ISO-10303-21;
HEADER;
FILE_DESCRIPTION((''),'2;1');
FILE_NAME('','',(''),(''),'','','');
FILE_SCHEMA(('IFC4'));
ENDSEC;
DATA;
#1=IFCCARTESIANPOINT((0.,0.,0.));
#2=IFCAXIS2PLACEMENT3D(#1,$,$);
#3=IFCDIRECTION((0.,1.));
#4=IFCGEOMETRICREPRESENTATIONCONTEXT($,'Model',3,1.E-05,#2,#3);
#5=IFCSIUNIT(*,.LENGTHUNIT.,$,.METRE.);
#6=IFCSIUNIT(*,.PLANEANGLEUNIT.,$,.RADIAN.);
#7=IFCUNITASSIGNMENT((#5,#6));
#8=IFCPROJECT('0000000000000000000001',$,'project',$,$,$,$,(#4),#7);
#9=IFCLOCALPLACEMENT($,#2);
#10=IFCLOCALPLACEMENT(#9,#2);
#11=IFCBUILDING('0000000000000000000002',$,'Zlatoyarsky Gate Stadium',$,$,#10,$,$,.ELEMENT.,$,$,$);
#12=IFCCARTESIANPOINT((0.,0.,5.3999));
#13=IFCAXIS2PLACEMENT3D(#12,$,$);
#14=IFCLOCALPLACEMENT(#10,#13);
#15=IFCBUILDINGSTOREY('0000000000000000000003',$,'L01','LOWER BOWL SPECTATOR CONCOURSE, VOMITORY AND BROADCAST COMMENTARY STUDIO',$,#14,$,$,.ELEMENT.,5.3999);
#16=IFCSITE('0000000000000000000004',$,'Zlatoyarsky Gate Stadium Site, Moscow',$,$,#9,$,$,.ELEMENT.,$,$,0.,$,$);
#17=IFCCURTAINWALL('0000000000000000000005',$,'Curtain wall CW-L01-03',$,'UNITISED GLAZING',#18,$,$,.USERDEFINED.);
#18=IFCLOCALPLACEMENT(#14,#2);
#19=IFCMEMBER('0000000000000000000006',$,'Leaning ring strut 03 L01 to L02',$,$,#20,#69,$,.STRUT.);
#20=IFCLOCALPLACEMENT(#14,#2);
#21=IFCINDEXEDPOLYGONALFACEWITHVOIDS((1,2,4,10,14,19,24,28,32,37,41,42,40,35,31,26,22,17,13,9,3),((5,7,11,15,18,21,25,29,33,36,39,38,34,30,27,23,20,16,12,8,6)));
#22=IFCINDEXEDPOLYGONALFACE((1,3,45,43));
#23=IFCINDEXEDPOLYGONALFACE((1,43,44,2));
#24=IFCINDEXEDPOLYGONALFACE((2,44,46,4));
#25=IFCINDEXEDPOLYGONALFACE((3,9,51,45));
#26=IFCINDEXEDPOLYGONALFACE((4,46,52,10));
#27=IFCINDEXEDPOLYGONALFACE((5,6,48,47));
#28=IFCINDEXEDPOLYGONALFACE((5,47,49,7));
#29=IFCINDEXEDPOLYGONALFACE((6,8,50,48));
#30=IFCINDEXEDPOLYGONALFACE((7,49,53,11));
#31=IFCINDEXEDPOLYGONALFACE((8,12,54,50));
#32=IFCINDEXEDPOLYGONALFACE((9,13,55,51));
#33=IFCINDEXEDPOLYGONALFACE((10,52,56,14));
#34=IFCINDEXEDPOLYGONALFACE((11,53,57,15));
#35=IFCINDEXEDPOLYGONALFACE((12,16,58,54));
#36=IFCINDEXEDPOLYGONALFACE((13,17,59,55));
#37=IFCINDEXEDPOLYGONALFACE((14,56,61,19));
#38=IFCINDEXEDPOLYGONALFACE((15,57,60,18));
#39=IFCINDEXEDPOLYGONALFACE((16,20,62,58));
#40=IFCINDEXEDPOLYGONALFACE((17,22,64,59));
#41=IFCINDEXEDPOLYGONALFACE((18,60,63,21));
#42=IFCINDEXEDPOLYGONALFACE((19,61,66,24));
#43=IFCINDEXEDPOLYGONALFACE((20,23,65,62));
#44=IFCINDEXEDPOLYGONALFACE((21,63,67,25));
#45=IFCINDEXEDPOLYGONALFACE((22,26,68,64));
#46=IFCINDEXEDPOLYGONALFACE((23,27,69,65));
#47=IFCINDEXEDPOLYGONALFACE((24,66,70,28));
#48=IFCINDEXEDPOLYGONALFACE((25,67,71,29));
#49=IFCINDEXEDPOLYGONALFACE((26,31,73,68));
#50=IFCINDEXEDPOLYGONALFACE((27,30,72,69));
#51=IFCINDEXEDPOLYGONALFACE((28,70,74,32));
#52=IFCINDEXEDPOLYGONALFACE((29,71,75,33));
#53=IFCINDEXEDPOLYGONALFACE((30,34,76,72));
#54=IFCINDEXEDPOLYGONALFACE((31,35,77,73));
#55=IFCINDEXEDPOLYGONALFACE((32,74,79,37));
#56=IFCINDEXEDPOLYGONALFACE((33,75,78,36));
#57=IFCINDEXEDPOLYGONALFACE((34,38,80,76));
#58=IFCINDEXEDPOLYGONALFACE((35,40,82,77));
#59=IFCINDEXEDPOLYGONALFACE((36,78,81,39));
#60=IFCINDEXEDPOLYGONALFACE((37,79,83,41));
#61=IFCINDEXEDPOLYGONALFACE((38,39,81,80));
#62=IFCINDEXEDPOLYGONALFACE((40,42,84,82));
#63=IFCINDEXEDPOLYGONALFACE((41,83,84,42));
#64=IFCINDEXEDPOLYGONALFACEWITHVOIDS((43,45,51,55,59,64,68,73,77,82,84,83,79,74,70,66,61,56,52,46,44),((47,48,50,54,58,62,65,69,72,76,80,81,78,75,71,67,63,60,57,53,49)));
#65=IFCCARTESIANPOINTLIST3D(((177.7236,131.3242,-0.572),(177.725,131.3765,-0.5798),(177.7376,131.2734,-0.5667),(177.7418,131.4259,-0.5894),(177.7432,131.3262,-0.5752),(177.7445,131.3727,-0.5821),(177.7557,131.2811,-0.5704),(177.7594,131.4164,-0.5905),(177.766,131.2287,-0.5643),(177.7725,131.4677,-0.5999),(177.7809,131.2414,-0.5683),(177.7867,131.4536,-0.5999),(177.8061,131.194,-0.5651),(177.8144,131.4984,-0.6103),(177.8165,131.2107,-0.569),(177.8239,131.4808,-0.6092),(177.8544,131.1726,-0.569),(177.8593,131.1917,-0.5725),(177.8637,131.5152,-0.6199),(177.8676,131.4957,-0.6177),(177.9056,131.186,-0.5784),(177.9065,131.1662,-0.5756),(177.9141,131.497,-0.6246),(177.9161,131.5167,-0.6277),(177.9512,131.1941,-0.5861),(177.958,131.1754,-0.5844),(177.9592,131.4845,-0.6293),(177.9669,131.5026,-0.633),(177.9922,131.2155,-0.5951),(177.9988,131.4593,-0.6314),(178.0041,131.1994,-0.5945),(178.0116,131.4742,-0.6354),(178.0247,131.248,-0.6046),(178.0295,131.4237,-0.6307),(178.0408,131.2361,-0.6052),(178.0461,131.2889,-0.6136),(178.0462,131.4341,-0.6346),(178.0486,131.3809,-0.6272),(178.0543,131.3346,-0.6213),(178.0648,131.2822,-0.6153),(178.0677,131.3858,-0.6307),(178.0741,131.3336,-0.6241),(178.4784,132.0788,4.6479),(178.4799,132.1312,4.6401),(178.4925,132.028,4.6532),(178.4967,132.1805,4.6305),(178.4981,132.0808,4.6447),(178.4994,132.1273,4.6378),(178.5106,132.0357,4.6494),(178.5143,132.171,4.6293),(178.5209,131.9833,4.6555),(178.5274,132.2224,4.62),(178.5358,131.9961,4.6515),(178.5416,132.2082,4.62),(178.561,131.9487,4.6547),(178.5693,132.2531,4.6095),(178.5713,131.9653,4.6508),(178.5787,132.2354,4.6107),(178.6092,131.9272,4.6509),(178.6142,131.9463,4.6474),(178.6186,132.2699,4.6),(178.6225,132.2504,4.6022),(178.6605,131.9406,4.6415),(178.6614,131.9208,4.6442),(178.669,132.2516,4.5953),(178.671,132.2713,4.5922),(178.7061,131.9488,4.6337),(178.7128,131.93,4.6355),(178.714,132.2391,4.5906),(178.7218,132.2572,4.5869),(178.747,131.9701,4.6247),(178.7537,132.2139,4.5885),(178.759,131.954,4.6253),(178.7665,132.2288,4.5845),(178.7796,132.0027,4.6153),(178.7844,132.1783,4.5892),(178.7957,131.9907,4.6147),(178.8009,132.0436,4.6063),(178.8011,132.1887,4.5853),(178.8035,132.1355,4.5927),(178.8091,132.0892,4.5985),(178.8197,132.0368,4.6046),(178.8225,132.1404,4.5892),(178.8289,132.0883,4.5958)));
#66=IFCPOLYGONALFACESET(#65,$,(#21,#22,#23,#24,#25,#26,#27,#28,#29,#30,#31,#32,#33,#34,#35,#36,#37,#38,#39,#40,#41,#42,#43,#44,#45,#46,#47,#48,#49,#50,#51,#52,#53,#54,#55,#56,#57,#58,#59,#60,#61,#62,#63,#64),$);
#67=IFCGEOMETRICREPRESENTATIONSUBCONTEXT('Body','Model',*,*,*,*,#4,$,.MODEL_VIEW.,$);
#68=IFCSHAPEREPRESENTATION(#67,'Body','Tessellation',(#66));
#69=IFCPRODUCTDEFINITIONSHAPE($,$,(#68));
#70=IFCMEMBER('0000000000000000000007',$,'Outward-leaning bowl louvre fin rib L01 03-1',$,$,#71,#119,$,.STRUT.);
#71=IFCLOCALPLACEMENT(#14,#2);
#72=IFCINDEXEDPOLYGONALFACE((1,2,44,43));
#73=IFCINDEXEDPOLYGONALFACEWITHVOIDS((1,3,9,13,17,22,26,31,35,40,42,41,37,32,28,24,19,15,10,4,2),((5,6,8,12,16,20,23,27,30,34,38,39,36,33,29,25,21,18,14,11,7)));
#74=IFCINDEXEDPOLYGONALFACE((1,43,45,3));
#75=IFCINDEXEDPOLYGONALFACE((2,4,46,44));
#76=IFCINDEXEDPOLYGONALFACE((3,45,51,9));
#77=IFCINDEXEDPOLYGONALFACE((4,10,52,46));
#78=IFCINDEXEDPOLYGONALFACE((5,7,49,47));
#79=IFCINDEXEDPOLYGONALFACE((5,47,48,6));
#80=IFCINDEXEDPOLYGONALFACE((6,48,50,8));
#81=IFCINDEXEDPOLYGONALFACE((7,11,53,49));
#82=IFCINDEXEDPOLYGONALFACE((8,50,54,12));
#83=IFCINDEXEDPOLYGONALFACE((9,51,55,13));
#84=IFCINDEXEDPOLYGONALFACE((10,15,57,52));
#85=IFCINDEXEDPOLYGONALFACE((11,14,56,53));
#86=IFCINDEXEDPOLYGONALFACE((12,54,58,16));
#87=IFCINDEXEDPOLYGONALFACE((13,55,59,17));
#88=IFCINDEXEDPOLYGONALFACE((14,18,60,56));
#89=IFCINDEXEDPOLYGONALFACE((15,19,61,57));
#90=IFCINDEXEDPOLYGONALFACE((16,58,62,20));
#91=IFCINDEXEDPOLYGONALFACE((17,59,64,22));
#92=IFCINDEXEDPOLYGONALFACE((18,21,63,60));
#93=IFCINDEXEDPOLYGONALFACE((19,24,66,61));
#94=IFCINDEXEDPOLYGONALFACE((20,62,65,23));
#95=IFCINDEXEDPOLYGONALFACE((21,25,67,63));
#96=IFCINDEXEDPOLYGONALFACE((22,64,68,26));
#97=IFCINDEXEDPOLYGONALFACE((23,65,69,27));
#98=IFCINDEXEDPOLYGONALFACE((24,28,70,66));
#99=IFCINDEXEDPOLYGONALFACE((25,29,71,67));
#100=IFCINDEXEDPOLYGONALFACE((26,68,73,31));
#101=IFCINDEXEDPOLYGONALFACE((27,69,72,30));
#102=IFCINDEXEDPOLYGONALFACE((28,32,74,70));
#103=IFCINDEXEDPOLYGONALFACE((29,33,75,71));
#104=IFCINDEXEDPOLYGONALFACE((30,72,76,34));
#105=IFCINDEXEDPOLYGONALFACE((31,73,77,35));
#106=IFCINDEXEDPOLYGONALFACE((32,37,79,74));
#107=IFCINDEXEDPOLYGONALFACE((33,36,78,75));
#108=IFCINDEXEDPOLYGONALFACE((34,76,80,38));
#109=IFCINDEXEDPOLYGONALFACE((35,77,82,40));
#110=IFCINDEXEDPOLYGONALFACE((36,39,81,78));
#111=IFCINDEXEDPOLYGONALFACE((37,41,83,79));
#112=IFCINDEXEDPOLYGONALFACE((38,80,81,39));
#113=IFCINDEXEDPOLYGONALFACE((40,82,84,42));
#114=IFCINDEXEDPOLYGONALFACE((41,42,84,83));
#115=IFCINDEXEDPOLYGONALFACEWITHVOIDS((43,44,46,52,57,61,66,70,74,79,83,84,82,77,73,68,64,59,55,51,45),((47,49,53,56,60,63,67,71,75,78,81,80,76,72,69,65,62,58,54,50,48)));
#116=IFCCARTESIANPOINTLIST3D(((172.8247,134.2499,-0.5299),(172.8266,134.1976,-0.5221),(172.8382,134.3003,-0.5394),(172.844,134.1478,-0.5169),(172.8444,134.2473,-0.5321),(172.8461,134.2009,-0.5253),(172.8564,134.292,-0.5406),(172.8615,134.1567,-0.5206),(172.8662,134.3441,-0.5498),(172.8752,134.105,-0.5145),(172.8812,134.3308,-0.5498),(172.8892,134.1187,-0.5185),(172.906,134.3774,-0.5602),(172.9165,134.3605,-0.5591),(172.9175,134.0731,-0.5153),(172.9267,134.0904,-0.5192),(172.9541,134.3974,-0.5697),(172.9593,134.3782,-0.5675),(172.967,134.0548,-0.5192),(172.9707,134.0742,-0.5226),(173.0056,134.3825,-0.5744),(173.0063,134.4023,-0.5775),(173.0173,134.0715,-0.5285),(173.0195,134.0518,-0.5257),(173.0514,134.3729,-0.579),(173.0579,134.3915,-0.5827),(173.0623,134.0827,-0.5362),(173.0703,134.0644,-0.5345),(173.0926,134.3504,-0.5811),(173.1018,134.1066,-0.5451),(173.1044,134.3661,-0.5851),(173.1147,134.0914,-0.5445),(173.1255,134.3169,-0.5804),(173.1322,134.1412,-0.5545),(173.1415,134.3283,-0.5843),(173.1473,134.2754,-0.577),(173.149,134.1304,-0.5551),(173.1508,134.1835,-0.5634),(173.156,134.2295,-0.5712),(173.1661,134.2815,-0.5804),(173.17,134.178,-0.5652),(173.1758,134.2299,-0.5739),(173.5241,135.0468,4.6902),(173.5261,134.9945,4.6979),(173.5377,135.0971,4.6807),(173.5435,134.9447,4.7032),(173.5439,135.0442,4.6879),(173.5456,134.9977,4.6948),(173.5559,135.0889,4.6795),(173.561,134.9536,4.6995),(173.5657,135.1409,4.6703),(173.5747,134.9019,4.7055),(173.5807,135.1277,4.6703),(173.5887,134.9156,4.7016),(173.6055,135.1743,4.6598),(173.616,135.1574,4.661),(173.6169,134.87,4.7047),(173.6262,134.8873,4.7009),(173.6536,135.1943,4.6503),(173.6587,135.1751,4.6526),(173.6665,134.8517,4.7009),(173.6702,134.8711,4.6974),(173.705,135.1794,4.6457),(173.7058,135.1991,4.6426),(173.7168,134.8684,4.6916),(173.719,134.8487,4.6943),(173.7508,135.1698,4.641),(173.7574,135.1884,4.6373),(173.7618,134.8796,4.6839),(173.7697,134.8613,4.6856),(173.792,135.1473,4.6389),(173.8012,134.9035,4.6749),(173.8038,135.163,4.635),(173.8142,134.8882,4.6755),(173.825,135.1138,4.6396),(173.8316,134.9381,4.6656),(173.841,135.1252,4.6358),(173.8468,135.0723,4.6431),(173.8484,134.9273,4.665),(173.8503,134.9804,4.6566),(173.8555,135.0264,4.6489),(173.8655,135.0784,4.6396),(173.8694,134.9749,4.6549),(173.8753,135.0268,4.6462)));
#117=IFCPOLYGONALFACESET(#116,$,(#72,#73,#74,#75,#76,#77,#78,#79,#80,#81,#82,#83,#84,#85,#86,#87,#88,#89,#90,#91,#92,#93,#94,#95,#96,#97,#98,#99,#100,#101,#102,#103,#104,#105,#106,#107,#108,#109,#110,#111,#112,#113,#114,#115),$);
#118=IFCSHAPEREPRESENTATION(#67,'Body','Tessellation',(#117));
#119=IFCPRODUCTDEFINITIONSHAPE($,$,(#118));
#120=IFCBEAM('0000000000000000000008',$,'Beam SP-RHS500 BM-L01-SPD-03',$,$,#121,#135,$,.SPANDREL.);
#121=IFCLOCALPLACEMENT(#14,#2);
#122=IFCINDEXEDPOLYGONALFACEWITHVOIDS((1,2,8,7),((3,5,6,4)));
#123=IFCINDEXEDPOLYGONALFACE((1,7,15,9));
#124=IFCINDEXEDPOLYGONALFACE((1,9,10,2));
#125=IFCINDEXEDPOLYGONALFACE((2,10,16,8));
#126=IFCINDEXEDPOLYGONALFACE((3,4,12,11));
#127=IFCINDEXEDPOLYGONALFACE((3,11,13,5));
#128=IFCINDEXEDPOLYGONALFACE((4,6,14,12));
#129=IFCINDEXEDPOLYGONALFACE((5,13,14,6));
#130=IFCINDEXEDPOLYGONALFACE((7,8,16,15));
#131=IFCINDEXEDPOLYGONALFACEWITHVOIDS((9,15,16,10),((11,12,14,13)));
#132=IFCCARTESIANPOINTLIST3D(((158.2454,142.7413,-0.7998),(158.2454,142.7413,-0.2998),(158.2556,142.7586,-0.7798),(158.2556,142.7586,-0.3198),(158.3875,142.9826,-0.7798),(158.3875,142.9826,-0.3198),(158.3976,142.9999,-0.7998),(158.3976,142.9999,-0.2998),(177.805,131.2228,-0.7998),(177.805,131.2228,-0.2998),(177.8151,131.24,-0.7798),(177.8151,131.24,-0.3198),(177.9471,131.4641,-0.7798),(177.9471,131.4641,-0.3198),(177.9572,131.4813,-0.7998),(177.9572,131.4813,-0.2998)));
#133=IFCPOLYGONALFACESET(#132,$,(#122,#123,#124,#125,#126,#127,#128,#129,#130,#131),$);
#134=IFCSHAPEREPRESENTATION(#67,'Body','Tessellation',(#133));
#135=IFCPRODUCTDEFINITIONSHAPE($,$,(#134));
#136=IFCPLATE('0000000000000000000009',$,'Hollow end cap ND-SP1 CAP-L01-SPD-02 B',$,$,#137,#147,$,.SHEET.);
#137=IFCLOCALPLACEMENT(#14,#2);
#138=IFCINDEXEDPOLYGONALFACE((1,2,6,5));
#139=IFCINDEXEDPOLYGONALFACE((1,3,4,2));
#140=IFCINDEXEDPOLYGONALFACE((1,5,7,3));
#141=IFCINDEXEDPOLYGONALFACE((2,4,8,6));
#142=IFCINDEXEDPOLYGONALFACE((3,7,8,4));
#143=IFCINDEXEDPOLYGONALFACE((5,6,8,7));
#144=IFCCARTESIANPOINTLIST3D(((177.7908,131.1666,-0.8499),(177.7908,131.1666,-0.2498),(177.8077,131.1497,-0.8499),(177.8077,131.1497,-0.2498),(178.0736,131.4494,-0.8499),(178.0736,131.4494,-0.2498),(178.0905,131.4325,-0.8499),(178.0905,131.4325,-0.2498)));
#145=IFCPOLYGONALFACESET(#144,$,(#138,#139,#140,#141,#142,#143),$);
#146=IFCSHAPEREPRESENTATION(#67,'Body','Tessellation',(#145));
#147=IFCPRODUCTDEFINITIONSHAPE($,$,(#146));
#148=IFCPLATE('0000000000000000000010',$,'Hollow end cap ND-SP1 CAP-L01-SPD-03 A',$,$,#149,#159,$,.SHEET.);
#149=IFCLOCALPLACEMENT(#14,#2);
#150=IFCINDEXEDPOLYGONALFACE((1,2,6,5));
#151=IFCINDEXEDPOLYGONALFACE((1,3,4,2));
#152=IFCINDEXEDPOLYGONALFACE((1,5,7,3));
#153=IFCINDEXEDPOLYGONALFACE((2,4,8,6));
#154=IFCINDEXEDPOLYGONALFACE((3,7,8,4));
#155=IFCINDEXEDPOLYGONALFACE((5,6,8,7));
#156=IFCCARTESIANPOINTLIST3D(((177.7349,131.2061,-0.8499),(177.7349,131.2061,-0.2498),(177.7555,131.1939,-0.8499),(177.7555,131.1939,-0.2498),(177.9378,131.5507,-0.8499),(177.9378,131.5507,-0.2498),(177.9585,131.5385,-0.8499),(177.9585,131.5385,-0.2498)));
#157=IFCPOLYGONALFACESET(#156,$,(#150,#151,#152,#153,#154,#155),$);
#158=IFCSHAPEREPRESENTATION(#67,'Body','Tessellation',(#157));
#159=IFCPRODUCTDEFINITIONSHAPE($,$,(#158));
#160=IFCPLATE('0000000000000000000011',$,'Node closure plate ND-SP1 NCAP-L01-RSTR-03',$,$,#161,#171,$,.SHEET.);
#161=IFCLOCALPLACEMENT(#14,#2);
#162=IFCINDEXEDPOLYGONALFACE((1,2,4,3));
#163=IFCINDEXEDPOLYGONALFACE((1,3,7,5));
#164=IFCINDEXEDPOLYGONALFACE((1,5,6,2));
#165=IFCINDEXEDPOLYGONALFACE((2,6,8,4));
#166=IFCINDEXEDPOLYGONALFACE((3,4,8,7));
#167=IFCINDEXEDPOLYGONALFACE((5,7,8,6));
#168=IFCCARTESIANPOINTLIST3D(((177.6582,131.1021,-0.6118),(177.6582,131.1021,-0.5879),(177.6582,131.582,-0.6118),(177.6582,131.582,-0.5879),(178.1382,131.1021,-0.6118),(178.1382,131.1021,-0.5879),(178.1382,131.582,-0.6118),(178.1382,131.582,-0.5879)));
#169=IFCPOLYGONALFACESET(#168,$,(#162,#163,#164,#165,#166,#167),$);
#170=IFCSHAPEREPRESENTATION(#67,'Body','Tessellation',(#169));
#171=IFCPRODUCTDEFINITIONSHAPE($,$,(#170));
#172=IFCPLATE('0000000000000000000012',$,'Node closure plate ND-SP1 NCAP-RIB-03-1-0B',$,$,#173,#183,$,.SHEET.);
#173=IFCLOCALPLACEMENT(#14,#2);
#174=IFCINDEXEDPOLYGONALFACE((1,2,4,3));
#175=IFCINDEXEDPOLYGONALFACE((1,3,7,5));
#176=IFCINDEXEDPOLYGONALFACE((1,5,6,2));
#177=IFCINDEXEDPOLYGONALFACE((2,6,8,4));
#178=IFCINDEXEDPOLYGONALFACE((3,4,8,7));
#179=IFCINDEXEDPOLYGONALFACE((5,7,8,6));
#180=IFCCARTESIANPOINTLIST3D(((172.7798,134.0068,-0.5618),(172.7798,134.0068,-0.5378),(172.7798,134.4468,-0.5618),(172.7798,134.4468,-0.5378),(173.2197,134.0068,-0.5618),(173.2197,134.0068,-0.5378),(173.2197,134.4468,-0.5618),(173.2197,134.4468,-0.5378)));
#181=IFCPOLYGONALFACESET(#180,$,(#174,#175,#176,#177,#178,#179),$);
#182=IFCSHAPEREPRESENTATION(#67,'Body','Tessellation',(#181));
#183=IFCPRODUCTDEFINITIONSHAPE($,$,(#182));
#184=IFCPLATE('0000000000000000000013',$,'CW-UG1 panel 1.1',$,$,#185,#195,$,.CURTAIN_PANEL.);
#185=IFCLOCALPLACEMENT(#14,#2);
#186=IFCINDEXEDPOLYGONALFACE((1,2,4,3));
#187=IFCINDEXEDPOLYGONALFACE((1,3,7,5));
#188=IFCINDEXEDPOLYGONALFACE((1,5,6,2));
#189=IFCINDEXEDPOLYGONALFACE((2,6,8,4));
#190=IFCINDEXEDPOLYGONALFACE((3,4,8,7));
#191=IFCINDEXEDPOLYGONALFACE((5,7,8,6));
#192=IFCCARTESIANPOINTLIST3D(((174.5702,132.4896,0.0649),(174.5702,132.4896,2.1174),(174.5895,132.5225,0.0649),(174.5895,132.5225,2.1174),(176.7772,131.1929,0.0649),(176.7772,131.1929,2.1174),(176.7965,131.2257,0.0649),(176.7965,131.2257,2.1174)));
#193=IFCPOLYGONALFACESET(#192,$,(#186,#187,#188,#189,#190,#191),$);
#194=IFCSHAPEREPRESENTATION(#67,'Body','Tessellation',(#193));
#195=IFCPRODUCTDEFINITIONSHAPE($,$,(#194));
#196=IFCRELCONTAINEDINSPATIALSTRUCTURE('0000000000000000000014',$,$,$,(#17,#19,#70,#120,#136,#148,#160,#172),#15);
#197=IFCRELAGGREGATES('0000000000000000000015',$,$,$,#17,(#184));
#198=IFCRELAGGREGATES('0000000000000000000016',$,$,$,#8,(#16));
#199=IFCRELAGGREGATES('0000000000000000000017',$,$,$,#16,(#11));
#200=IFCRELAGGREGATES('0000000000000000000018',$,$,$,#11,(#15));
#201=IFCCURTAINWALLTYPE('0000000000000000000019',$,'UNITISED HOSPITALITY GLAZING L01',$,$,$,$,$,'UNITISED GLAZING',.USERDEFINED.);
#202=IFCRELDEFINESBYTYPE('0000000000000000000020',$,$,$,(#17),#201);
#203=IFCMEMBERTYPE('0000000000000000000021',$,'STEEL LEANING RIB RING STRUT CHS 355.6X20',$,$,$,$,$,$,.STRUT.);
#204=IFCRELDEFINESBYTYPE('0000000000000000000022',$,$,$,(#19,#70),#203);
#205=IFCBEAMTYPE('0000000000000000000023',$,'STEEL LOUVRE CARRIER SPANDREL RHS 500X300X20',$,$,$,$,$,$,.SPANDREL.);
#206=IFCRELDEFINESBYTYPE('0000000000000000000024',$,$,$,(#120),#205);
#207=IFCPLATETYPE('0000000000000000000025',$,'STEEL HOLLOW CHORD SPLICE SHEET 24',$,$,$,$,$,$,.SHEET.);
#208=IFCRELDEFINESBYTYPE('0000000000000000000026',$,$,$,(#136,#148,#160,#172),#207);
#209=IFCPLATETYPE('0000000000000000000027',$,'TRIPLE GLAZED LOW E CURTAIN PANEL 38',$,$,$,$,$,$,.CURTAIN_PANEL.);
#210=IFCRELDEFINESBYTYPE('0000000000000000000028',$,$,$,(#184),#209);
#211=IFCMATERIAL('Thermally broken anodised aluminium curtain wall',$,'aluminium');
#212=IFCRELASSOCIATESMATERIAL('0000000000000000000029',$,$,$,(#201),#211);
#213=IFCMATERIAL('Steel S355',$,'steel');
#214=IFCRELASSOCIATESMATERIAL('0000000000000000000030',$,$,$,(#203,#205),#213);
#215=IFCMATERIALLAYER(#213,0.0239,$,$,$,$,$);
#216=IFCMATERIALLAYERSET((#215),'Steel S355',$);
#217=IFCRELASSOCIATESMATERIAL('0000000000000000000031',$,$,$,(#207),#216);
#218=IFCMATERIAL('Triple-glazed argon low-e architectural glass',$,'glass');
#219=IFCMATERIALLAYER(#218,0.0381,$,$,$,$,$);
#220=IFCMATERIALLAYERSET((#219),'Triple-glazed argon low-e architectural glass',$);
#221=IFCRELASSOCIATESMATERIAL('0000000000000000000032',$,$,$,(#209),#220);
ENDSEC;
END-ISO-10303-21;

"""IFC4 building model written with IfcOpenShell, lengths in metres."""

from ifc_helpers import new_model, si_unit, direction, frame, origin, origin_2d, place, context, subcontext, project, spatial, rectangle, hollow_rectangle, hollow_circle, extrude, material, layer, layer_set, material_profile, profile_set, type_object, element, aggregate, save


model = new_model("IFC4")

# Units and contexts
model_context = context("Model", 3, precision=1e-05, world=origin(), true_north=direction((0.0, 1.0)))
body_context = subcontext(model_context, "Body", "Model", "MODEL_VIEW")
ifc_project = project(units=[si_unit("LENGTHUNIT", "METRE"), si_unit("PLANEANGLEUNIT", "RADIAN")], contexts=[model_context])

# Site, building, storey
site_placement = place(None, origin())
site = spatial("IfcSite", under=ifc_project, at=site_placement, Name="Zlatoyarsky Gate Stadium Site, Moscow", CompositionType="ELEMENT", RefElevation=0.0)
building_placement = place(site_placement, origin())
building = spatial("IfcBuilding", under=site, at=building_placement, Name="Zlatoyarsky Gate Stadium", CompositionType="ELEMENT")
storey_placement = place(building_placement, frame((0.0, 0.0, 5.3999)))
storey = spatial("IfcBuildingStorey", under=building, at=storey_placement, Name="L01", Description="LOWER BOWL SPECTATOR CONCOURSE, VOMITORY AND BROADCAST COMMENTARY STUDIO", CompositionType="ELEMENT", Elevation=5.3999)

# Curtain wall
ifc_material_1 = material(Name="Thermally broken anodised aluminium curtain wall", Category="aluminium")
curtain_wall_type = type_object("IfcCurtainWallType", Name="UNITISED HOSPITALITY GLAZING L01", ElementType="UNITISED GLAZING", PredefinedType="USERDEFINED", material=ifc_material_1)
curtain_wall_placement = place(storey_placement, origin())
curtain_wall = element("IfcCurtainWall", 1, at=curtain_wall_placement, inside=storey, type_object=curtain_wall_type, Name="Curtain wall CW-L01-03", ObjectType="UNITISED GLAZING", PredefinedType="USERDEFINED")

# Members
ifc_material_2 = material(Name="Steel S355", Category="steel")
ifc_material_profile_1 = material_profile(ifc_material_2, hollow_circle(Radius=0.1777, WallThickness=0.02, at=origin_2d()), Name="CHS 355.6X20")
ifc_profile_set_1 = profile_set([ifc_material_profile_1], Name="Steel S355")
member_type_1 = type_object("IfcMemberType", Name="STEEL LEANING RIB RING STRUT CHS 355.6X20", PredefinedType="STRUT", material=ifc_profile_set_1)
member_1_placement = place(storey_placement, frame((177.8982, 131.342, -0.5999), z_axis=(0.141683, 0.141637, 0.979727), x_axis=(-0.706992, 0.707221, 0.0)))
element("IfcMember", 2, at=member_1_placement, inside=storey, type_object=member_type_1, Name="Leaning ring strut 03 L01 to L02", PredefinedType="STRUT", context=body_context, shape_type="SweptSolid", body=[
    extrude(hollow_circle(Radius=0.1777, WallThickness=0.02, at=origin_2d()), origin(), (0.0, 0.0, 1.0), 5.3279),
])
member_2_placement = place(storey_placement, frame((172.9998, 134.2268, -0.5498), z_axis=(0.131316, 0.149604, 0.979987), x_axis=(-0.751549, 0.659677, 0.0)))
element("IfcMember", 3, at=member_2_placement, inside=storey, type_object=member_type_1, Name="Outward-leaning bowl louvre fin rib L01 03-1", PredefinedType="STRUT", context=body_context, shape_type="SweptSolid", body=[
    extrude(hollow_circle(Radius=0.1777, WallThickness=0.02, at=origin_2d()), origin(), (0.0, 0.0, 1.0), 5.3267),
])

# Beam
ifc_material_profile_2 = material_profile(ifc_material_2, hollow_rectangle(XDim=0.3, YDim=0.5, WallThickness=0.02, at=origin_2d()), Name="RHS 500X300X20")
ifc_profile_set_2 = profile_set([ifc_material_profile_2], Name="Steel S355")
beam_type = type_object("IfcBeamType", Name="STEEL LOUVRE CARRIER SPANDREL RHS 500X300X20", PredefinedType="SPANDREL", material=ifc_profile_set_2)
beam_placement = place(storey_placement, frame((177.8811, 131.3521, -0.5498), z_axis=(-0.861685, 0.507443, 0.0), x_axis=(-0.507443, -0.861685, 0.0)))
element("IfcBeam", 4, at=beam_placement, inside=storey, type_object=beam_type, Name="Beam SP-RHS500 BM-L01-SPD-03", PredefinedType="SPANDREL", context=body_context, shape_type="SweptSolid", body=[
    extrude(hollow_rectangle(XDim=0.3, YDim=0.5, WallThickness=0.02, at=origin_2d()), origin(), (0.0, 0.0, 1.0), 22.6992),
])

# Plates
ifc_layer_1 = layer(ifc_material_2, 0.0239)
ifc_layer_set_1 = layer_set([ifc_layer_1], Name="Steel S355")
plate_type_1 = type_object("IfcPlateType", Name="STEEL HOLLOW CHORD SPLICE SHEET 24", PredefinedType="SHEET", material=ifc_layer_set_1)
for number, where, z_axis, x_axis, name in (
    (5, (177.9407, 131.2996, -0.8499), (0.0, 0.0, 1.0), (-0.707043, 0.70717, 0.0), "Hollow end cap ND-SP1 CAP-L01-SPD-02 B"),
    (6, (177.8467, 131.3723, -0.8499), (0.0, 0.0, 1.0), (-0.861686, 0.507442, 0.0), "Hollow end cap ND-SP1 CAP-L01-SPD-03 A"),
):
    element("IfcPlate", number, at=place(storey_placement, frame(where, z_axis=z_axis, x_axis=x_axis)), inside=storey, type_object=plate_type_1, Name=name, PredefinedType="SHEET", context=body_context, shape_type="SweptSolid", body=[
        extrude(rectangle(XDim=0.0239, YDim=0.3999, at=origin_2d()), origin(), (0.0, 0.0, 1.0), 0.6001),
    ])
plate_1_placement = place(storey_placement, frame((177.8982, 131.342, -0.6118), z_axis=(0.0, 0.0, 1.0), x_axis=(1.0, 0.0, 0.0)))
element("IfcPlate", 7, at=plate_1_placement, inside=storey, type_object=plate_type_1, Name="Node closure plate ND-SP1 NCAP-L01-RSTR-03", PredefinedType="SHEET", context=body_context, shape_type="SweptSolid", body=[
    extrude(rectangle(XDim=0.48, YDim=0.48, at=origin_2d()), origin(), (0.0, 0.0, 1.0), 0.0239),
])
plate_2_placement = place(storey_placement, frame((172.9998, 134.2268, -0.5618), z_axis=(0.0, 0.0, 1.0), x_axis=(1.0, 0.0, 0.0)))
element("IfcPlate", 8, at=plate_2_placement, inside=storey, type_object=plate_type_1, Name="Node closure plate ND-SP1 NCAP-RIB-03-1-0B", PredefinedType="SHEET", context=body_context, shape_type="SweptSolid", body=[
    extrude(rectangle(XDim=0.4399, YDim=0.4399, at=origin_2d()), origin(), (0.0, 0.0, 1.0), 0.0239),
])

# Plate
ifc_material_3 = material(Name="Triple-glazed argon low-e architectural glass", Category="glass")
ifc_layer_2 = layer(ifc_material_3, 0.0381)
ifc_layer_set_2 = layer_set([ifc_layer_2], Name="Triple-glazed argon low-e architectural glass")
plate_type_2 = type_object("IfcPlateType", Name="TRIPLE GLAZED LOW E CURTAIN PANEL 38", PredefinedType="CURTAIN_PANEL", material=ifc_layer_set_2)
plate_3_placement = place(storey_placement, frame((175.6833, 131.8577, 0.0649), z_axis=(0.0, 0.0, 1.0), x_axis=(-0.862187, 0.50659, 0.0)))
plate_3 = element("IfcPlate", 9, at=plate_3_placement, type_object=plate_type_2, Name="CW-UG1 panel 1.1", PredefinedType="CURTAIN_PANEL", context=body_context, shape_type="SweptSolid", body=[
    extrude(rectangle(XDim=2.5598, YDim=0.0381, at=origin_2d()), origin(), (0.0, 0.0, 1.0), 2.0525),
])
aggregate(curtain_wall, [plate_3])

save(model, "model.ifc")
